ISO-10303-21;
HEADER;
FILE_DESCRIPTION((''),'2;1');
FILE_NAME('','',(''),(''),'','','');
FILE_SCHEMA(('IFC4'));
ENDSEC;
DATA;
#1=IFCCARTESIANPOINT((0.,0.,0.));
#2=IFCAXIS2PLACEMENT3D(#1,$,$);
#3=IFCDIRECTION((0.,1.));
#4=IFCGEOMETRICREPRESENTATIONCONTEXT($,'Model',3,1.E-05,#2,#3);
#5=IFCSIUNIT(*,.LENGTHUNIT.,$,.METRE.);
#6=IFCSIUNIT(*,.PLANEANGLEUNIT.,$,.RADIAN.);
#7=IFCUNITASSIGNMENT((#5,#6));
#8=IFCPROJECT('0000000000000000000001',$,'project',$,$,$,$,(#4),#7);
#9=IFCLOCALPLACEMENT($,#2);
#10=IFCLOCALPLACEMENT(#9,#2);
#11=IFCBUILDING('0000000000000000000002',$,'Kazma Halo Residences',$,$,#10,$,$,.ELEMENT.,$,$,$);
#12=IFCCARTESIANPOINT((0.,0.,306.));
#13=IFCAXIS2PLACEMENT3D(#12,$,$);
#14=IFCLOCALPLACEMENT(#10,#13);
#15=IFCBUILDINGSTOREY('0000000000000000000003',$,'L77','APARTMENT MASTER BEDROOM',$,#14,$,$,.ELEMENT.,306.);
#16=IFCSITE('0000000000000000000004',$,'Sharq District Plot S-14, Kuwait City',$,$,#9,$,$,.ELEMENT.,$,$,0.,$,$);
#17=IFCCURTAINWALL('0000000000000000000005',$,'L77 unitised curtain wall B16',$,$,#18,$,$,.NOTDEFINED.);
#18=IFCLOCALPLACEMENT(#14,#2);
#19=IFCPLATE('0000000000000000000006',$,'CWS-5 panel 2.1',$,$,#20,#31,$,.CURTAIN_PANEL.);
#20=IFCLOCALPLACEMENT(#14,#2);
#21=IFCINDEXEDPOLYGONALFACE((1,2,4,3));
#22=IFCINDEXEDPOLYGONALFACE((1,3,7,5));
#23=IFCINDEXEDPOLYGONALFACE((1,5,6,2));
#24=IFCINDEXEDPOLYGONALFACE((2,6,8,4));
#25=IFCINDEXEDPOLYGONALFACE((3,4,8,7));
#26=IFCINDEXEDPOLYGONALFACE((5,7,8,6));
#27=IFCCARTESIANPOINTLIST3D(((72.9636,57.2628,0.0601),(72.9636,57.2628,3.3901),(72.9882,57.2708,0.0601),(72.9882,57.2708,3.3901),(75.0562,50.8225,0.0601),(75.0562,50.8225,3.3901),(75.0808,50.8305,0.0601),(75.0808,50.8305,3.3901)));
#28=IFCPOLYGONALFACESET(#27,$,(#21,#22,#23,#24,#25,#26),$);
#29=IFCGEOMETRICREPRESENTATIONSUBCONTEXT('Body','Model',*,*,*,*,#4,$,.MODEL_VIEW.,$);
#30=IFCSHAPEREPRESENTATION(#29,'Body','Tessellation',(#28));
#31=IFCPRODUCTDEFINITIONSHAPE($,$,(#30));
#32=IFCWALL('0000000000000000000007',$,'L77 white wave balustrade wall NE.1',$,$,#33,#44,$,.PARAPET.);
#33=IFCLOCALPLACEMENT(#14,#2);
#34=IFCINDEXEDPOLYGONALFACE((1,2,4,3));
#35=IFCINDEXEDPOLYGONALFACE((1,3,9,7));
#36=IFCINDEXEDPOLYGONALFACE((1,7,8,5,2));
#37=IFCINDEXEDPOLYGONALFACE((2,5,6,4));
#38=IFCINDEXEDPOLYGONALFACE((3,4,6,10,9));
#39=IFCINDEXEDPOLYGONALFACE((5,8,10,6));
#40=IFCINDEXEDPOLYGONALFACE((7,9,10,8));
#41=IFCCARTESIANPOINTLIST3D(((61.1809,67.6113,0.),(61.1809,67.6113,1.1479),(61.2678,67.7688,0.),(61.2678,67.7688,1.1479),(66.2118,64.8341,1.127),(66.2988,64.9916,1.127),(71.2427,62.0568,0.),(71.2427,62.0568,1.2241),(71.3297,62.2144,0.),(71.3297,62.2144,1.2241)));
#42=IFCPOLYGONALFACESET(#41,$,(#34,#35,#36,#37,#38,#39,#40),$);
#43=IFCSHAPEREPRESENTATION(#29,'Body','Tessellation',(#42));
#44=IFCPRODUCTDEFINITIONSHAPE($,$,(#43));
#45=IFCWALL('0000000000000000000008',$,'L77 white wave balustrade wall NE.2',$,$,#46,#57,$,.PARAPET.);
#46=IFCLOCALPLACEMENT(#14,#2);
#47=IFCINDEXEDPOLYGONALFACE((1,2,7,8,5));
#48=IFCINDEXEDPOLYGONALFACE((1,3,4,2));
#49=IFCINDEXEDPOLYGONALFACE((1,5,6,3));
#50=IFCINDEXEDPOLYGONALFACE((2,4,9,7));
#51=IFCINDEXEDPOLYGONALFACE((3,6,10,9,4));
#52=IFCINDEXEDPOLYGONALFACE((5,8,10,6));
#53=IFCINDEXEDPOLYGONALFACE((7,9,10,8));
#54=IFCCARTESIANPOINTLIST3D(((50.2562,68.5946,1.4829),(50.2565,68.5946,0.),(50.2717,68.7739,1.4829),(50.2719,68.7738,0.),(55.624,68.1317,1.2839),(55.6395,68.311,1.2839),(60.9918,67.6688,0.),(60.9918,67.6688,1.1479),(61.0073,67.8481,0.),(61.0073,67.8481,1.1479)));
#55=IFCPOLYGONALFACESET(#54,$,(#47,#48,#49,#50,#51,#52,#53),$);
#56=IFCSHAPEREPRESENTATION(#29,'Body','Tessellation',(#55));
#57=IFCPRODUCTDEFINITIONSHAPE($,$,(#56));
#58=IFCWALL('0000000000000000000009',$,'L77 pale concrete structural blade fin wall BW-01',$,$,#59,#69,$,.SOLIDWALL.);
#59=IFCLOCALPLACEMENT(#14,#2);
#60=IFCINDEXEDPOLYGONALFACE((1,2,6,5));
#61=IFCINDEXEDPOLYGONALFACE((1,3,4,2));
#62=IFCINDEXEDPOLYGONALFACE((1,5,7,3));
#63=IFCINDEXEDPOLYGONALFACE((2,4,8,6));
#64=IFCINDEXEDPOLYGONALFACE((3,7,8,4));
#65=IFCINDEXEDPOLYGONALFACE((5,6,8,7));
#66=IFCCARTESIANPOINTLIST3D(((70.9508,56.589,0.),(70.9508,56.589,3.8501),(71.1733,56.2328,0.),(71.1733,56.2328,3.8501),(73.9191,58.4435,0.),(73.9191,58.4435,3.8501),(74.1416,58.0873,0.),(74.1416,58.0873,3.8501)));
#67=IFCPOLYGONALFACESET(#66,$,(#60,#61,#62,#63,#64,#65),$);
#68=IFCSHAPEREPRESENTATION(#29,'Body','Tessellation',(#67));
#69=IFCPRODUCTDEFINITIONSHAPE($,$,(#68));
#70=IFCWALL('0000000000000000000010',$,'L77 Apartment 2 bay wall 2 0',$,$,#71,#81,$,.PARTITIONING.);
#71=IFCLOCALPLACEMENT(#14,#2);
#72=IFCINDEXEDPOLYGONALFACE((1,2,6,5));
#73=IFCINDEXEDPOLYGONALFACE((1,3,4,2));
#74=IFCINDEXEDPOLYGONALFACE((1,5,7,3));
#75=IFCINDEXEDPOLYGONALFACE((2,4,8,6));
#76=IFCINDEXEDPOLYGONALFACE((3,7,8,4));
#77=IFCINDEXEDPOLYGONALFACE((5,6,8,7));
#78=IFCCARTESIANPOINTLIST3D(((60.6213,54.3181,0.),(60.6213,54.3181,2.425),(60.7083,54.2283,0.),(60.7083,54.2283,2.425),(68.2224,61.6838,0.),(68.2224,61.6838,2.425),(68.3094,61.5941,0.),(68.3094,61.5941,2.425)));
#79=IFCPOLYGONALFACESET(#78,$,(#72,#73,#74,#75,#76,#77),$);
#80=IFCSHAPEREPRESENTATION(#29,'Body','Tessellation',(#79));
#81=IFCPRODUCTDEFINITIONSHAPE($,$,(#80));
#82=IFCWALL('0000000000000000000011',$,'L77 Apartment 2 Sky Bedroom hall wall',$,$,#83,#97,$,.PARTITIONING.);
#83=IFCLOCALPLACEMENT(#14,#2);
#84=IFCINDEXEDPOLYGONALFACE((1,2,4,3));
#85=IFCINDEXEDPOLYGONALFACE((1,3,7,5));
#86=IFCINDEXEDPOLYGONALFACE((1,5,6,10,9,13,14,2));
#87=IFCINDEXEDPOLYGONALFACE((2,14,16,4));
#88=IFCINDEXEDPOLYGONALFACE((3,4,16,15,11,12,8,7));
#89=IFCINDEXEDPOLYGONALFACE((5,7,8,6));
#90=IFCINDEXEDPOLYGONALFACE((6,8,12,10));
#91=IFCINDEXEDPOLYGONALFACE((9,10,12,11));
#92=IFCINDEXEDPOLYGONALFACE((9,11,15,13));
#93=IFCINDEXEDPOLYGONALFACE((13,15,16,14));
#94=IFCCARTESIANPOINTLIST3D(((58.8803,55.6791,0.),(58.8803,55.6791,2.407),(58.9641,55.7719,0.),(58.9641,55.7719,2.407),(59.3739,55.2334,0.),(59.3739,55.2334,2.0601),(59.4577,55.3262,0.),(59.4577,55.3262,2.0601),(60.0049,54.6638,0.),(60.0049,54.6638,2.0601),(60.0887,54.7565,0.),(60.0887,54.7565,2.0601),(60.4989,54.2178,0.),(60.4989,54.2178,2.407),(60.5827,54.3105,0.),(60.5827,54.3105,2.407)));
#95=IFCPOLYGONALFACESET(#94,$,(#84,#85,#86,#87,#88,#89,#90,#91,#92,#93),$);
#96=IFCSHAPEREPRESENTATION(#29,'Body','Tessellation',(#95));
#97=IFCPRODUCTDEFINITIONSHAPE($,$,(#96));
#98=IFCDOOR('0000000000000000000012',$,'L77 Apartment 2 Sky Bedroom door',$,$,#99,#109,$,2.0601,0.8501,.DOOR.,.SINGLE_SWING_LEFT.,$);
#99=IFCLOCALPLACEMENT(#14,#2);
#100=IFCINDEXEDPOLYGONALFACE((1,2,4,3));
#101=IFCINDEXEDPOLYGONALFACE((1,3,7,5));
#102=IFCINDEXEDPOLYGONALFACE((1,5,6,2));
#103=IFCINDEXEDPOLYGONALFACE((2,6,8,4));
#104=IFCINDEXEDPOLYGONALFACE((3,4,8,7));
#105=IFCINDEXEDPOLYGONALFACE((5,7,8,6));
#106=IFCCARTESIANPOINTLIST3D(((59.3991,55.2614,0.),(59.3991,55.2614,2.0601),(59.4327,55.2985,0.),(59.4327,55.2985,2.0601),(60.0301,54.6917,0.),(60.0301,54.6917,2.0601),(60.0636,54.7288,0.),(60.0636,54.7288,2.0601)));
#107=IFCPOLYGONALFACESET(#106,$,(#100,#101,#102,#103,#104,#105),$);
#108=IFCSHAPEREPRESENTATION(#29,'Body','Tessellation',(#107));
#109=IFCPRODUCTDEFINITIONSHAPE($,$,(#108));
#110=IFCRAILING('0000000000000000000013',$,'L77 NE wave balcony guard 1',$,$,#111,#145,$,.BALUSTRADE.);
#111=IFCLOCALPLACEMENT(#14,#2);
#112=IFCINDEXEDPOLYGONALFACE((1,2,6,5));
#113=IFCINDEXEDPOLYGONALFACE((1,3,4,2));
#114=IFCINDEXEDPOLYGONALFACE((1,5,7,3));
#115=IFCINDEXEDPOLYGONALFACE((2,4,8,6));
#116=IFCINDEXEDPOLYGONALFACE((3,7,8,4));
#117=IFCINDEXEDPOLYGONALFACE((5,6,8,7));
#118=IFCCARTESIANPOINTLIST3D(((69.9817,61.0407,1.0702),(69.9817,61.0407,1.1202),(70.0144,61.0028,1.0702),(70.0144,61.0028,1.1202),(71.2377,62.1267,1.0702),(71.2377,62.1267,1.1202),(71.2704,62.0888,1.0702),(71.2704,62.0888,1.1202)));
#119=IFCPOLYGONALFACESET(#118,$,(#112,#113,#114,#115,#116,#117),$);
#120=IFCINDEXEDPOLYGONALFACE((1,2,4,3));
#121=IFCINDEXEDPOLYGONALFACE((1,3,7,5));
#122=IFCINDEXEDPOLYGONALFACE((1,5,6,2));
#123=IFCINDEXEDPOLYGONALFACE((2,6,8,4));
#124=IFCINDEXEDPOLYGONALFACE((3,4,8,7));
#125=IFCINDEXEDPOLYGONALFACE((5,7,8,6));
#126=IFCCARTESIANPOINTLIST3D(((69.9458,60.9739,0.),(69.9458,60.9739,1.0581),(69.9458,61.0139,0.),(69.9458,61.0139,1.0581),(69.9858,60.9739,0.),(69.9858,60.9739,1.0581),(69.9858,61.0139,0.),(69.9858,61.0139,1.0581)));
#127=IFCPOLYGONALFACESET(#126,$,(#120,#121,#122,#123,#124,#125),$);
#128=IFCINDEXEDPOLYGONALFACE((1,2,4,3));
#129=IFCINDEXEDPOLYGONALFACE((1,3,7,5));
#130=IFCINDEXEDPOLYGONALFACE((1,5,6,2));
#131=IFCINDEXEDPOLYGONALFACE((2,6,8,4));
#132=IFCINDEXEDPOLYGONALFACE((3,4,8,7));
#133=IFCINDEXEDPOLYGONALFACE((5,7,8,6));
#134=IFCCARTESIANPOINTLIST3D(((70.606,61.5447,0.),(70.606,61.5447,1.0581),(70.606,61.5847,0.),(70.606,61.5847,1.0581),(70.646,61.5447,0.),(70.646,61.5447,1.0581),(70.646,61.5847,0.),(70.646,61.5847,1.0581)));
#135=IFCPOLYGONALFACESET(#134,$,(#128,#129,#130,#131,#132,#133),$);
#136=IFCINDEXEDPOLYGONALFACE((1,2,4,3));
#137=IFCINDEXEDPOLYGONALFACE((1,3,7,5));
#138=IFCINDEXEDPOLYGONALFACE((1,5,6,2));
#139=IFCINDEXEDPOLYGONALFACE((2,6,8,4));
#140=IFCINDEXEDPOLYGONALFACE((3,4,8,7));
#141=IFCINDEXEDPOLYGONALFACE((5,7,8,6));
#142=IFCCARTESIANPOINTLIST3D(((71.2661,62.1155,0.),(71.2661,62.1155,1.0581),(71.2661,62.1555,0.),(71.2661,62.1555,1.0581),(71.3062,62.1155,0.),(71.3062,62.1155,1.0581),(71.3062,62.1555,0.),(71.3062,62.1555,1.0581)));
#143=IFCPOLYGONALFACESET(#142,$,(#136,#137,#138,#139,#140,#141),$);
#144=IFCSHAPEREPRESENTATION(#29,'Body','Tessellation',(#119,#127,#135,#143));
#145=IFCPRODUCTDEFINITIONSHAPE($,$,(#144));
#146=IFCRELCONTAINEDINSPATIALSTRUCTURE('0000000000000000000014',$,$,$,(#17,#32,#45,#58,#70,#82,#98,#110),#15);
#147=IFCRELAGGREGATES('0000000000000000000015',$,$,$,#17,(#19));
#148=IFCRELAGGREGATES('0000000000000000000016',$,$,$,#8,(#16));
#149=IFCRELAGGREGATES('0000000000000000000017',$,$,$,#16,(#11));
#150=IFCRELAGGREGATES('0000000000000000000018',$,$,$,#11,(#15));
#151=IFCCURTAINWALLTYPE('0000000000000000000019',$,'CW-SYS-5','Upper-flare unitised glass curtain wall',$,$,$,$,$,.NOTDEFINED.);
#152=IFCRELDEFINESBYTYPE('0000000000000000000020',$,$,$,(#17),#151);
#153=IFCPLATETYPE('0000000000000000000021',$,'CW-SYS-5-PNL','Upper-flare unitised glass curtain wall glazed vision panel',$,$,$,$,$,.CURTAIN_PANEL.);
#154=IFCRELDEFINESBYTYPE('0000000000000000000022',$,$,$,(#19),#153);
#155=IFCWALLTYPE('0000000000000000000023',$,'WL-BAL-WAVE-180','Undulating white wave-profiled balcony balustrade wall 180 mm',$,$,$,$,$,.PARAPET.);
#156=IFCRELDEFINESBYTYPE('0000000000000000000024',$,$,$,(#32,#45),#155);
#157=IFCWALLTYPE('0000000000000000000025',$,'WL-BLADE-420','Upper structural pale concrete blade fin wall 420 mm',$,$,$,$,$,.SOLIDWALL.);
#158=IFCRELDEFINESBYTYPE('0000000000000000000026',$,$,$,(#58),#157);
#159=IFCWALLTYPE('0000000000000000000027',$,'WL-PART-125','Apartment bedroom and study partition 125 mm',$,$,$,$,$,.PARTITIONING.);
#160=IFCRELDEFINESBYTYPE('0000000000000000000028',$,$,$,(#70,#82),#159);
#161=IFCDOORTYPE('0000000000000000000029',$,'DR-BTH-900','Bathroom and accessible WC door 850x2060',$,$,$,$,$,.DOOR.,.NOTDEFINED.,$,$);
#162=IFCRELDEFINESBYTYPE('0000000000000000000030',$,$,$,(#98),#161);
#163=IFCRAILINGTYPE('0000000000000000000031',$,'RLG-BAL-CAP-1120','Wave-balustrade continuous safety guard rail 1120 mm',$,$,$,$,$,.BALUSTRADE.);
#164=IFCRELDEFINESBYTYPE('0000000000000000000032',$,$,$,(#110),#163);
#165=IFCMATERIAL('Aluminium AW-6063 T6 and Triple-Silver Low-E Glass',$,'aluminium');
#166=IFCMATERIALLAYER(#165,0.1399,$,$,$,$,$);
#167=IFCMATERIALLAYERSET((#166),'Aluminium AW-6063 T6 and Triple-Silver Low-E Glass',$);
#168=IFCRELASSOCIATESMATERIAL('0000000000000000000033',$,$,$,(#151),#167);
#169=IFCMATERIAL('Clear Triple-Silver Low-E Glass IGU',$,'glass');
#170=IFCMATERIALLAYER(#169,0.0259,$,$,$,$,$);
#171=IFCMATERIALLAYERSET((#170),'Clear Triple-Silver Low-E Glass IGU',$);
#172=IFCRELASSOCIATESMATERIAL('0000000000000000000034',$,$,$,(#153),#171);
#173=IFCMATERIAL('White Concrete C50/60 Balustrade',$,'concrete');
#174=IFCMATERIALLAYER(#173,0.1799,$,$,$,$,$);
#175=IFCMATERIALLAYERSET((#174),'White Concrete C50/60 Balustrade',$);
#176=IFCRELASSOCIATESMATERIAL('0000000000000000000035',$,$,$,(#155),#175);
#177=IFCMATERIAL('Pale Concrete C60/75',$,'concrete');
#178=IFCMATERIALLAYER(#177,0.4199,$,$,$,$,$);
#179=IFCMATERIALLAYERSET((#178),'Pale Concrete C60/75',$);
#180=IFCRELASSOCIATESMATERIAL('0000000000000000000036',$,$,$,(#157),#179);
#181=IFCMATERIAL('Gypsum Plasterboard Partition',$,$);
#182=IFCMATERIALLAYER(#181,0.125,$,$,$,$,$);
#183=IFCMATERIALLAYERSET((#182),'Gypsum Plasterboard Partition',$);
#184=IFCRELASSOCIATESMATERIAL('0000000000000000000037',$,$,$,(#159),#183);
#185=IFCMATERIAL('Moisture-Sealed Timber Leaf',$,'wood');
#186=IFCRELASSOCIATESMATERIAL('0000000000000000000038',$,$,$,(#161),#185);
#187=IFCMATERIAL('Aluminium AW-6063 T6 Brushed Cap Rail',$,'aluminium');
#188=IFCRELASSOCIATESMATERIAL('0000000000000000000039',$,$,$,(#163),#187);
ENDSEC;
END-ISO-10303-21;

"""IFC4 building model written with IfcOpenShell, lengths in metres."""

from ifc_helpers import new_model, si_unit, direction, frame, frame_2d, origin, origin_2d, place, context, subcontext, project, spatial, polyline, rectangle, outline, extrude, material, layer, layer_set, type_object, element, fill, aggregate, save


model = new_model("IFC4")

# Units and contexts
model_context = context("Model", 3, precision=1e-05, world=origin(), true_north=direction((0.0, 1.0)))
body_context = subcontext(model_context, "Body", "Model", "MODEL_VIEW")
ifc_project = project(units=[si_unit("LENGTHUNIT", "METRE"), si_unit("PLANEANGLEUNIT", "RADIAN")], contexts=[model_context])

# Site, building, storey
site_placement = place(None, origin())
site = spatial("IfcSite", under=ifc_project, at=site_placement, Name="Sharq District Plot S-14, Kuwait City", CompositionType="ELEMENT", RefElevation=0.0)
building_placement = place(site_placement, origin())
building = spatial("IfcBuilding", under=site, at=building_placement, Name="Kazma Halo Residences", CompositionType="ELEMENT")
storey_placement = place(building_placement, frame((0.0, 0.0, 306.0)))
storey = spatial("IfcBuildingStorey", under=building, at=storey_placement, Name="L77", Description="APARTMENT MASTER BEDROOM", CompositionType="ELEMENT", Elevation=306.0)

# Shared definitions
ifc_material_1 = material(Name="Aluminium AW-6063 T6 and Triple-Silver Low-E Glass", Category="aluminium")
ifc_layer_1 = layer(ifc_material_1, 0.1399)
ifc_layer_set_1 = layer_set([ifc_layer_1], Name="Aluminium AW-6063 T6 and Triple-Silver Low-E Glass")
curtain_wall_type = type_object("IfcCurtainWallType", Name="CW-SYS-5", Description="Upper-flare unitised glass curtain wall", PredefinedType="NOTDEFINED", material=ifc_layer_set_1)

# Curtain wall
curtain_wall_1_placement = place(storey_placement, origin())
curtain_wall_1 = element("IfcCurtainWall", 1, at=curtain_wall_1_placement, inside=storey, type_object=curtain_wall_type, Name="L77 unitised curtain wall B16", PredefinedType="NOTDEFINED")

# Plate
ifc_material_2 = material(Name="Clear Triple-Silver Low-E Glass IGU", Category="glass")
ifc_layer_2 = layer(ifc_material_2, 0.0259)
ifc_layer_set_2 = layer_set([ifc_layer_2], Name="Clear Triple-Silver Low-E Glass IGU")
plate_type = type_object("IfcPlateType", Name="CW-SYS-5-PNL", Description="Upper-flare unitised glass curtain wall glazed vision panel", PredefinedType="CURTAIN_PANEL", material=ifc_layer_set_2)
plate_1_placement = place(storey_placement, frame((74.0222, 54.0466, 0.0601), z_axis=(0.0, 0.0, 1.0), x_axis=(-0.309016, 0.951057, 0.0)))
plate_1 = element("IfcPlate", 2, at=plate_1_placement, type_object=plate_type, Name="CWS-5 panel 2.1", PredefinedType="CURTAIN_PANEL", context=body_context, shape_type="SweptSolid", body=[
    extrude(rectangle(XDim=6.7717, YDim=0.0259, at=origin_2d()), origin(), (0.0, 0.0, 1.0), 3.3301),
])
aggregate(curtain_wall_1, [plate_1])

# Walls
ifc_material_3 = material(Name="White Concrete C50/60 Balustrade", Category="concrete")
ifc_layer_3 = layer(ifc_material_3, 0.1799)
ifc_layer_set_3 = layer_set([ifc_layer_3], Name="White Concrete C50/60 Balustrade")
wall_type_1 = type_object("IfcWallType", Name="WL-BAL-WAVE-180", Description="Undulating white wave-profiled balcony balustrade wall 180 mm", PredefinedType="PARAPET", material=ifc_layer_set_3)
wall_1_placement = place(storey_placement, frame((71.2861, 62.1355, 0.0), z_axis=(0.0, 0.0, 1.0), x_axis=(-0.875463, 0.483286, 0.0)))
element("IfcWall", 3, at=wall_1_placement, inside=storey, type_object=wall_type_1, Name="L77 white wave balustrade wall NE.1", PredefinedType="PARAPET", context=body_context, shape_type="SweptSolid", body=[
    extrude(outline(polyline([(0.0, 0.0), (11.4932, 0.0), (11.4932, 1.1479), (5.7466, 1.127), (0.0, 1.2241), (0.0, 0.0)])), frame((0.0, 0.0898, 0.0), z_axis=(0.0, -1.0, 0.0), x_axis=(1.0, 0.0, 0.0)), (0.0, 0.0, 1.0), 0.1799),
])
wall_2_placement = place(storey_placement, frame((60.9995, 67.7583, 0.0), z_axis=(0.0, 0.0, 1.0), x_axis=(-0.996302, 0.085918, 0.0)))
element("IfcWall", 4, at=wall_2_placement, inside=storey, type_object=wall_type_1, Name="L77 white wave balustrade wall NE.2", PredefinedType="PARAPET", context=body_context, shape_type="SweptSolid", body=[
    extrude(outline(polyline([(0.0, 0.0), (10.7751, 0.0), (10.7754, 1.4829), (5.3877, 1.2839), (0.0, 1.1479), (0.0, 0.0)])), frame((0.0, 0.0898, 0.0), z_axis=(0.0, -1.0, 0.0), x_axis=(1.0, 0.0, 0.0)), (0.0, 0.0, 1.0), 0.1799),
])
ifc_material_4 = material(Name="Pale Concrete C60/75", Category="concrete")
ifc_layer_4 = layer(ifc_material_4, 0.4199)
ifc_layer_set_4 = layer_set([ifc_layer_4], Name="Pale Concrete C60/75")
wall_type_2 = type_object("IfcWallType", Name="WL-BLADE-420", Description="Upper structural pale concrete blade fin wall 420 mm", PredefinedType="SOLIDWALL", material=ifc_layer_set_4)
wall_3_placement = place(storey_placement, frame((71.062, 56.4109, 0.0), z_axis=(0.0, 0.0, 1.0), x_axis=(0.848085, 0.529861, 0.0)))
element("IfcWall", 5, at=wall_3_placement, inside=storey, type_object=wall_type_2, Name="L77 pale concrete structural blade fin wall BW-01", PredefinedType="SOLIDWALL", context=body_context, shape_type="SweptSolid", body=[
    extrude(rectangle(XDim=3.5, YDim=0.4199, at=frame_2d((1.75, 0.0))), origin(), (0.0, 0.0, 1.0), 3.8501),
])

# Wall
ifc_material_5 = material(Name="Gypsum Plasterboard Partition")
ifc_layer_5 = layer(ifc_material_5, 0.125)
ifc_layer_set_5 = layer_set([ifc_layer_5], Name="Gypsum Plasterboard Partition")
wall_type_3 = type_object("IfcWallType", Name="WL-PART-125", Description="Apartment bedroom and study partition 125 mm", PredefinedType="PARTITIONING", material=ifc_layer_set_5)
wall_4_placement = place(storey_placement, frame((60.6648, 54.2732, 0.0), z_axis=(0.0, 0.0, 1.0), x_axis=(0.718137, 0.695902, 0.0)))
element("IfcWall", 6, at=wall_4_placement, inside=storey, type_object=wall_type_3, Name="L77 Apartment 2 bay wall 2 0", PredefinedType="PARTITIONING", context=body_context, shape_type="SweptSolid", body=[
    extrude(rectangle(XDim=10.5845, YDim=0.125, at=frame_2d((5.2922, 0.0))), origin(), (0.0, 0.0, 1.0), 2.425),
])

# Wall, opening, door
wall_5_placement = place(storey_placement, frame((60.5408, 54.2642, 0.0), z_axis=(0.0, 0.0, 1.0), x_axis=(-0.742236, 0.670139, 0.0)))
wall_5 = element("IfcWall", 7, at=wall_5_placement, inside=storey, type_object=wall_type_3, Name="L77 Apartment 2 Sky Bedroom hall wall", PredefinedType="PARTITIONING", context=body_context, shape_type="SweptSolid", body=[
    extrude(rectangle(XDim=2.1807, YDim=0.125, at=frame_2d((1.0903, 0.0))), origin(), (0.0, 0.0, 1.0), 2.407),
])
opening_1_placement = place(wall_5_placement, frame((0.6655, 0.0, 0.0)))
opening_1 = element("IfcOpeningElement", 8, at=opening_1_placement, cuts=wall_5, PredefinedType="OPENING", context=body_context, shape_type="SweptSolid", body=[
    extrude(rectangle(XDim=0.8501, YDim=2.0601, at=frame_2d((0.425, 1.03))), frame((0.0, 0.0725, 0.0), z_axis=(0.0, -1.0, 0.0), x_axis=(1.0, 0.0, 0.0)), (0.0, 0.0, 1.0), 0.145),
])
ifc_material_6 = material(Name="Moisture-Sealed Timber Leaf", Category="wood")
door_type_1 = type_object("IfcDoorType", Name="DR-BTH-900", Description="Bathroom and accessible WC door 850x2060", OperationType="NOTDEFINED", PredefinedType="DOOR", material=ifc_material_6)
door_1_placement = place(opening_1_placement, origin())
door_1 = element("IfcDoor", 9, at=door_1_placement, inside=storey, type_object=door_type_1, Name="L77 Apartment 2 Sky Bedroom door", OperationType="SINGLE_SWING_LEFT", OverallHeight=2.0601, OverallWidth=0.8501, PredefinedType="DOOR", context=body_context, shape_type="SweptSolid", body=[
    extrude(rectangle(XDim=0.8501, YDim=2.0601, at=frame_2d((0.425, 1.03))), frame((0.0, 0.0249, 0.0), z_axis=(0.0, -1.0, 0.0), x_axis=(1.0, 0.0, 0.0)), (0.0, 0.0, 1.0), 0.05),
])
fill(opening_1, door_1)

# Railing
ifc_material_7 = material(Name="Aluminium AW-6063 T6 Brushed Cap Rail", Category="aluminium")
railing_type = type_object("IfcRailingType", Name="RLG-BAL-CAP-1120", Description="Wave-balustrade continuous safety guard rail 1120 mm", PredefinedType="BALUSTRADE", material=ifc_material_7)
railing_1_placement = place(storey_placement, frame((69.9658, 60.9939, 0.0)))
element("IfcRailing", 10, at=railing_1_placement, inside=storey, type_object=railing_type, Name="L77 NE wave balcony guard 1", PredefinedType="BALUSTRADE", context=body_context, shape_type="SweptSolid", body=[
    extrude(rectangle(XDim=0.05, YDim=0.05, at=origin_2d()), frame((0.0322, 0.0278, 1.0952), z_axis=(0.756445, 0.654057, 0.0), x_axis=(-0.654057, 0.756445, 0.0)), (0.0, 0.0, 1.0), 1.6604),
    extrude(rectangle(XDim=0.04, YDim=0.04, at=origin_2d()), origin(), (0.0, 0.0, 1.0), 1.0581),
    extrude(rectangle(XDim=0.04, YDim=0.04, at=origin_2d()), frame((0.6602, 0.5708, 0.0)), (0.0, 0.0, 1.0), 1.0581),
    extrude(rectangle(XDim=0.04, YDim=0.04, at=origin_2d()), frame((1.3203, 1.1416, 0.0)), (0.0, 0.0, 1.0), 1.0581),
])

save(model, "model.ifc")
